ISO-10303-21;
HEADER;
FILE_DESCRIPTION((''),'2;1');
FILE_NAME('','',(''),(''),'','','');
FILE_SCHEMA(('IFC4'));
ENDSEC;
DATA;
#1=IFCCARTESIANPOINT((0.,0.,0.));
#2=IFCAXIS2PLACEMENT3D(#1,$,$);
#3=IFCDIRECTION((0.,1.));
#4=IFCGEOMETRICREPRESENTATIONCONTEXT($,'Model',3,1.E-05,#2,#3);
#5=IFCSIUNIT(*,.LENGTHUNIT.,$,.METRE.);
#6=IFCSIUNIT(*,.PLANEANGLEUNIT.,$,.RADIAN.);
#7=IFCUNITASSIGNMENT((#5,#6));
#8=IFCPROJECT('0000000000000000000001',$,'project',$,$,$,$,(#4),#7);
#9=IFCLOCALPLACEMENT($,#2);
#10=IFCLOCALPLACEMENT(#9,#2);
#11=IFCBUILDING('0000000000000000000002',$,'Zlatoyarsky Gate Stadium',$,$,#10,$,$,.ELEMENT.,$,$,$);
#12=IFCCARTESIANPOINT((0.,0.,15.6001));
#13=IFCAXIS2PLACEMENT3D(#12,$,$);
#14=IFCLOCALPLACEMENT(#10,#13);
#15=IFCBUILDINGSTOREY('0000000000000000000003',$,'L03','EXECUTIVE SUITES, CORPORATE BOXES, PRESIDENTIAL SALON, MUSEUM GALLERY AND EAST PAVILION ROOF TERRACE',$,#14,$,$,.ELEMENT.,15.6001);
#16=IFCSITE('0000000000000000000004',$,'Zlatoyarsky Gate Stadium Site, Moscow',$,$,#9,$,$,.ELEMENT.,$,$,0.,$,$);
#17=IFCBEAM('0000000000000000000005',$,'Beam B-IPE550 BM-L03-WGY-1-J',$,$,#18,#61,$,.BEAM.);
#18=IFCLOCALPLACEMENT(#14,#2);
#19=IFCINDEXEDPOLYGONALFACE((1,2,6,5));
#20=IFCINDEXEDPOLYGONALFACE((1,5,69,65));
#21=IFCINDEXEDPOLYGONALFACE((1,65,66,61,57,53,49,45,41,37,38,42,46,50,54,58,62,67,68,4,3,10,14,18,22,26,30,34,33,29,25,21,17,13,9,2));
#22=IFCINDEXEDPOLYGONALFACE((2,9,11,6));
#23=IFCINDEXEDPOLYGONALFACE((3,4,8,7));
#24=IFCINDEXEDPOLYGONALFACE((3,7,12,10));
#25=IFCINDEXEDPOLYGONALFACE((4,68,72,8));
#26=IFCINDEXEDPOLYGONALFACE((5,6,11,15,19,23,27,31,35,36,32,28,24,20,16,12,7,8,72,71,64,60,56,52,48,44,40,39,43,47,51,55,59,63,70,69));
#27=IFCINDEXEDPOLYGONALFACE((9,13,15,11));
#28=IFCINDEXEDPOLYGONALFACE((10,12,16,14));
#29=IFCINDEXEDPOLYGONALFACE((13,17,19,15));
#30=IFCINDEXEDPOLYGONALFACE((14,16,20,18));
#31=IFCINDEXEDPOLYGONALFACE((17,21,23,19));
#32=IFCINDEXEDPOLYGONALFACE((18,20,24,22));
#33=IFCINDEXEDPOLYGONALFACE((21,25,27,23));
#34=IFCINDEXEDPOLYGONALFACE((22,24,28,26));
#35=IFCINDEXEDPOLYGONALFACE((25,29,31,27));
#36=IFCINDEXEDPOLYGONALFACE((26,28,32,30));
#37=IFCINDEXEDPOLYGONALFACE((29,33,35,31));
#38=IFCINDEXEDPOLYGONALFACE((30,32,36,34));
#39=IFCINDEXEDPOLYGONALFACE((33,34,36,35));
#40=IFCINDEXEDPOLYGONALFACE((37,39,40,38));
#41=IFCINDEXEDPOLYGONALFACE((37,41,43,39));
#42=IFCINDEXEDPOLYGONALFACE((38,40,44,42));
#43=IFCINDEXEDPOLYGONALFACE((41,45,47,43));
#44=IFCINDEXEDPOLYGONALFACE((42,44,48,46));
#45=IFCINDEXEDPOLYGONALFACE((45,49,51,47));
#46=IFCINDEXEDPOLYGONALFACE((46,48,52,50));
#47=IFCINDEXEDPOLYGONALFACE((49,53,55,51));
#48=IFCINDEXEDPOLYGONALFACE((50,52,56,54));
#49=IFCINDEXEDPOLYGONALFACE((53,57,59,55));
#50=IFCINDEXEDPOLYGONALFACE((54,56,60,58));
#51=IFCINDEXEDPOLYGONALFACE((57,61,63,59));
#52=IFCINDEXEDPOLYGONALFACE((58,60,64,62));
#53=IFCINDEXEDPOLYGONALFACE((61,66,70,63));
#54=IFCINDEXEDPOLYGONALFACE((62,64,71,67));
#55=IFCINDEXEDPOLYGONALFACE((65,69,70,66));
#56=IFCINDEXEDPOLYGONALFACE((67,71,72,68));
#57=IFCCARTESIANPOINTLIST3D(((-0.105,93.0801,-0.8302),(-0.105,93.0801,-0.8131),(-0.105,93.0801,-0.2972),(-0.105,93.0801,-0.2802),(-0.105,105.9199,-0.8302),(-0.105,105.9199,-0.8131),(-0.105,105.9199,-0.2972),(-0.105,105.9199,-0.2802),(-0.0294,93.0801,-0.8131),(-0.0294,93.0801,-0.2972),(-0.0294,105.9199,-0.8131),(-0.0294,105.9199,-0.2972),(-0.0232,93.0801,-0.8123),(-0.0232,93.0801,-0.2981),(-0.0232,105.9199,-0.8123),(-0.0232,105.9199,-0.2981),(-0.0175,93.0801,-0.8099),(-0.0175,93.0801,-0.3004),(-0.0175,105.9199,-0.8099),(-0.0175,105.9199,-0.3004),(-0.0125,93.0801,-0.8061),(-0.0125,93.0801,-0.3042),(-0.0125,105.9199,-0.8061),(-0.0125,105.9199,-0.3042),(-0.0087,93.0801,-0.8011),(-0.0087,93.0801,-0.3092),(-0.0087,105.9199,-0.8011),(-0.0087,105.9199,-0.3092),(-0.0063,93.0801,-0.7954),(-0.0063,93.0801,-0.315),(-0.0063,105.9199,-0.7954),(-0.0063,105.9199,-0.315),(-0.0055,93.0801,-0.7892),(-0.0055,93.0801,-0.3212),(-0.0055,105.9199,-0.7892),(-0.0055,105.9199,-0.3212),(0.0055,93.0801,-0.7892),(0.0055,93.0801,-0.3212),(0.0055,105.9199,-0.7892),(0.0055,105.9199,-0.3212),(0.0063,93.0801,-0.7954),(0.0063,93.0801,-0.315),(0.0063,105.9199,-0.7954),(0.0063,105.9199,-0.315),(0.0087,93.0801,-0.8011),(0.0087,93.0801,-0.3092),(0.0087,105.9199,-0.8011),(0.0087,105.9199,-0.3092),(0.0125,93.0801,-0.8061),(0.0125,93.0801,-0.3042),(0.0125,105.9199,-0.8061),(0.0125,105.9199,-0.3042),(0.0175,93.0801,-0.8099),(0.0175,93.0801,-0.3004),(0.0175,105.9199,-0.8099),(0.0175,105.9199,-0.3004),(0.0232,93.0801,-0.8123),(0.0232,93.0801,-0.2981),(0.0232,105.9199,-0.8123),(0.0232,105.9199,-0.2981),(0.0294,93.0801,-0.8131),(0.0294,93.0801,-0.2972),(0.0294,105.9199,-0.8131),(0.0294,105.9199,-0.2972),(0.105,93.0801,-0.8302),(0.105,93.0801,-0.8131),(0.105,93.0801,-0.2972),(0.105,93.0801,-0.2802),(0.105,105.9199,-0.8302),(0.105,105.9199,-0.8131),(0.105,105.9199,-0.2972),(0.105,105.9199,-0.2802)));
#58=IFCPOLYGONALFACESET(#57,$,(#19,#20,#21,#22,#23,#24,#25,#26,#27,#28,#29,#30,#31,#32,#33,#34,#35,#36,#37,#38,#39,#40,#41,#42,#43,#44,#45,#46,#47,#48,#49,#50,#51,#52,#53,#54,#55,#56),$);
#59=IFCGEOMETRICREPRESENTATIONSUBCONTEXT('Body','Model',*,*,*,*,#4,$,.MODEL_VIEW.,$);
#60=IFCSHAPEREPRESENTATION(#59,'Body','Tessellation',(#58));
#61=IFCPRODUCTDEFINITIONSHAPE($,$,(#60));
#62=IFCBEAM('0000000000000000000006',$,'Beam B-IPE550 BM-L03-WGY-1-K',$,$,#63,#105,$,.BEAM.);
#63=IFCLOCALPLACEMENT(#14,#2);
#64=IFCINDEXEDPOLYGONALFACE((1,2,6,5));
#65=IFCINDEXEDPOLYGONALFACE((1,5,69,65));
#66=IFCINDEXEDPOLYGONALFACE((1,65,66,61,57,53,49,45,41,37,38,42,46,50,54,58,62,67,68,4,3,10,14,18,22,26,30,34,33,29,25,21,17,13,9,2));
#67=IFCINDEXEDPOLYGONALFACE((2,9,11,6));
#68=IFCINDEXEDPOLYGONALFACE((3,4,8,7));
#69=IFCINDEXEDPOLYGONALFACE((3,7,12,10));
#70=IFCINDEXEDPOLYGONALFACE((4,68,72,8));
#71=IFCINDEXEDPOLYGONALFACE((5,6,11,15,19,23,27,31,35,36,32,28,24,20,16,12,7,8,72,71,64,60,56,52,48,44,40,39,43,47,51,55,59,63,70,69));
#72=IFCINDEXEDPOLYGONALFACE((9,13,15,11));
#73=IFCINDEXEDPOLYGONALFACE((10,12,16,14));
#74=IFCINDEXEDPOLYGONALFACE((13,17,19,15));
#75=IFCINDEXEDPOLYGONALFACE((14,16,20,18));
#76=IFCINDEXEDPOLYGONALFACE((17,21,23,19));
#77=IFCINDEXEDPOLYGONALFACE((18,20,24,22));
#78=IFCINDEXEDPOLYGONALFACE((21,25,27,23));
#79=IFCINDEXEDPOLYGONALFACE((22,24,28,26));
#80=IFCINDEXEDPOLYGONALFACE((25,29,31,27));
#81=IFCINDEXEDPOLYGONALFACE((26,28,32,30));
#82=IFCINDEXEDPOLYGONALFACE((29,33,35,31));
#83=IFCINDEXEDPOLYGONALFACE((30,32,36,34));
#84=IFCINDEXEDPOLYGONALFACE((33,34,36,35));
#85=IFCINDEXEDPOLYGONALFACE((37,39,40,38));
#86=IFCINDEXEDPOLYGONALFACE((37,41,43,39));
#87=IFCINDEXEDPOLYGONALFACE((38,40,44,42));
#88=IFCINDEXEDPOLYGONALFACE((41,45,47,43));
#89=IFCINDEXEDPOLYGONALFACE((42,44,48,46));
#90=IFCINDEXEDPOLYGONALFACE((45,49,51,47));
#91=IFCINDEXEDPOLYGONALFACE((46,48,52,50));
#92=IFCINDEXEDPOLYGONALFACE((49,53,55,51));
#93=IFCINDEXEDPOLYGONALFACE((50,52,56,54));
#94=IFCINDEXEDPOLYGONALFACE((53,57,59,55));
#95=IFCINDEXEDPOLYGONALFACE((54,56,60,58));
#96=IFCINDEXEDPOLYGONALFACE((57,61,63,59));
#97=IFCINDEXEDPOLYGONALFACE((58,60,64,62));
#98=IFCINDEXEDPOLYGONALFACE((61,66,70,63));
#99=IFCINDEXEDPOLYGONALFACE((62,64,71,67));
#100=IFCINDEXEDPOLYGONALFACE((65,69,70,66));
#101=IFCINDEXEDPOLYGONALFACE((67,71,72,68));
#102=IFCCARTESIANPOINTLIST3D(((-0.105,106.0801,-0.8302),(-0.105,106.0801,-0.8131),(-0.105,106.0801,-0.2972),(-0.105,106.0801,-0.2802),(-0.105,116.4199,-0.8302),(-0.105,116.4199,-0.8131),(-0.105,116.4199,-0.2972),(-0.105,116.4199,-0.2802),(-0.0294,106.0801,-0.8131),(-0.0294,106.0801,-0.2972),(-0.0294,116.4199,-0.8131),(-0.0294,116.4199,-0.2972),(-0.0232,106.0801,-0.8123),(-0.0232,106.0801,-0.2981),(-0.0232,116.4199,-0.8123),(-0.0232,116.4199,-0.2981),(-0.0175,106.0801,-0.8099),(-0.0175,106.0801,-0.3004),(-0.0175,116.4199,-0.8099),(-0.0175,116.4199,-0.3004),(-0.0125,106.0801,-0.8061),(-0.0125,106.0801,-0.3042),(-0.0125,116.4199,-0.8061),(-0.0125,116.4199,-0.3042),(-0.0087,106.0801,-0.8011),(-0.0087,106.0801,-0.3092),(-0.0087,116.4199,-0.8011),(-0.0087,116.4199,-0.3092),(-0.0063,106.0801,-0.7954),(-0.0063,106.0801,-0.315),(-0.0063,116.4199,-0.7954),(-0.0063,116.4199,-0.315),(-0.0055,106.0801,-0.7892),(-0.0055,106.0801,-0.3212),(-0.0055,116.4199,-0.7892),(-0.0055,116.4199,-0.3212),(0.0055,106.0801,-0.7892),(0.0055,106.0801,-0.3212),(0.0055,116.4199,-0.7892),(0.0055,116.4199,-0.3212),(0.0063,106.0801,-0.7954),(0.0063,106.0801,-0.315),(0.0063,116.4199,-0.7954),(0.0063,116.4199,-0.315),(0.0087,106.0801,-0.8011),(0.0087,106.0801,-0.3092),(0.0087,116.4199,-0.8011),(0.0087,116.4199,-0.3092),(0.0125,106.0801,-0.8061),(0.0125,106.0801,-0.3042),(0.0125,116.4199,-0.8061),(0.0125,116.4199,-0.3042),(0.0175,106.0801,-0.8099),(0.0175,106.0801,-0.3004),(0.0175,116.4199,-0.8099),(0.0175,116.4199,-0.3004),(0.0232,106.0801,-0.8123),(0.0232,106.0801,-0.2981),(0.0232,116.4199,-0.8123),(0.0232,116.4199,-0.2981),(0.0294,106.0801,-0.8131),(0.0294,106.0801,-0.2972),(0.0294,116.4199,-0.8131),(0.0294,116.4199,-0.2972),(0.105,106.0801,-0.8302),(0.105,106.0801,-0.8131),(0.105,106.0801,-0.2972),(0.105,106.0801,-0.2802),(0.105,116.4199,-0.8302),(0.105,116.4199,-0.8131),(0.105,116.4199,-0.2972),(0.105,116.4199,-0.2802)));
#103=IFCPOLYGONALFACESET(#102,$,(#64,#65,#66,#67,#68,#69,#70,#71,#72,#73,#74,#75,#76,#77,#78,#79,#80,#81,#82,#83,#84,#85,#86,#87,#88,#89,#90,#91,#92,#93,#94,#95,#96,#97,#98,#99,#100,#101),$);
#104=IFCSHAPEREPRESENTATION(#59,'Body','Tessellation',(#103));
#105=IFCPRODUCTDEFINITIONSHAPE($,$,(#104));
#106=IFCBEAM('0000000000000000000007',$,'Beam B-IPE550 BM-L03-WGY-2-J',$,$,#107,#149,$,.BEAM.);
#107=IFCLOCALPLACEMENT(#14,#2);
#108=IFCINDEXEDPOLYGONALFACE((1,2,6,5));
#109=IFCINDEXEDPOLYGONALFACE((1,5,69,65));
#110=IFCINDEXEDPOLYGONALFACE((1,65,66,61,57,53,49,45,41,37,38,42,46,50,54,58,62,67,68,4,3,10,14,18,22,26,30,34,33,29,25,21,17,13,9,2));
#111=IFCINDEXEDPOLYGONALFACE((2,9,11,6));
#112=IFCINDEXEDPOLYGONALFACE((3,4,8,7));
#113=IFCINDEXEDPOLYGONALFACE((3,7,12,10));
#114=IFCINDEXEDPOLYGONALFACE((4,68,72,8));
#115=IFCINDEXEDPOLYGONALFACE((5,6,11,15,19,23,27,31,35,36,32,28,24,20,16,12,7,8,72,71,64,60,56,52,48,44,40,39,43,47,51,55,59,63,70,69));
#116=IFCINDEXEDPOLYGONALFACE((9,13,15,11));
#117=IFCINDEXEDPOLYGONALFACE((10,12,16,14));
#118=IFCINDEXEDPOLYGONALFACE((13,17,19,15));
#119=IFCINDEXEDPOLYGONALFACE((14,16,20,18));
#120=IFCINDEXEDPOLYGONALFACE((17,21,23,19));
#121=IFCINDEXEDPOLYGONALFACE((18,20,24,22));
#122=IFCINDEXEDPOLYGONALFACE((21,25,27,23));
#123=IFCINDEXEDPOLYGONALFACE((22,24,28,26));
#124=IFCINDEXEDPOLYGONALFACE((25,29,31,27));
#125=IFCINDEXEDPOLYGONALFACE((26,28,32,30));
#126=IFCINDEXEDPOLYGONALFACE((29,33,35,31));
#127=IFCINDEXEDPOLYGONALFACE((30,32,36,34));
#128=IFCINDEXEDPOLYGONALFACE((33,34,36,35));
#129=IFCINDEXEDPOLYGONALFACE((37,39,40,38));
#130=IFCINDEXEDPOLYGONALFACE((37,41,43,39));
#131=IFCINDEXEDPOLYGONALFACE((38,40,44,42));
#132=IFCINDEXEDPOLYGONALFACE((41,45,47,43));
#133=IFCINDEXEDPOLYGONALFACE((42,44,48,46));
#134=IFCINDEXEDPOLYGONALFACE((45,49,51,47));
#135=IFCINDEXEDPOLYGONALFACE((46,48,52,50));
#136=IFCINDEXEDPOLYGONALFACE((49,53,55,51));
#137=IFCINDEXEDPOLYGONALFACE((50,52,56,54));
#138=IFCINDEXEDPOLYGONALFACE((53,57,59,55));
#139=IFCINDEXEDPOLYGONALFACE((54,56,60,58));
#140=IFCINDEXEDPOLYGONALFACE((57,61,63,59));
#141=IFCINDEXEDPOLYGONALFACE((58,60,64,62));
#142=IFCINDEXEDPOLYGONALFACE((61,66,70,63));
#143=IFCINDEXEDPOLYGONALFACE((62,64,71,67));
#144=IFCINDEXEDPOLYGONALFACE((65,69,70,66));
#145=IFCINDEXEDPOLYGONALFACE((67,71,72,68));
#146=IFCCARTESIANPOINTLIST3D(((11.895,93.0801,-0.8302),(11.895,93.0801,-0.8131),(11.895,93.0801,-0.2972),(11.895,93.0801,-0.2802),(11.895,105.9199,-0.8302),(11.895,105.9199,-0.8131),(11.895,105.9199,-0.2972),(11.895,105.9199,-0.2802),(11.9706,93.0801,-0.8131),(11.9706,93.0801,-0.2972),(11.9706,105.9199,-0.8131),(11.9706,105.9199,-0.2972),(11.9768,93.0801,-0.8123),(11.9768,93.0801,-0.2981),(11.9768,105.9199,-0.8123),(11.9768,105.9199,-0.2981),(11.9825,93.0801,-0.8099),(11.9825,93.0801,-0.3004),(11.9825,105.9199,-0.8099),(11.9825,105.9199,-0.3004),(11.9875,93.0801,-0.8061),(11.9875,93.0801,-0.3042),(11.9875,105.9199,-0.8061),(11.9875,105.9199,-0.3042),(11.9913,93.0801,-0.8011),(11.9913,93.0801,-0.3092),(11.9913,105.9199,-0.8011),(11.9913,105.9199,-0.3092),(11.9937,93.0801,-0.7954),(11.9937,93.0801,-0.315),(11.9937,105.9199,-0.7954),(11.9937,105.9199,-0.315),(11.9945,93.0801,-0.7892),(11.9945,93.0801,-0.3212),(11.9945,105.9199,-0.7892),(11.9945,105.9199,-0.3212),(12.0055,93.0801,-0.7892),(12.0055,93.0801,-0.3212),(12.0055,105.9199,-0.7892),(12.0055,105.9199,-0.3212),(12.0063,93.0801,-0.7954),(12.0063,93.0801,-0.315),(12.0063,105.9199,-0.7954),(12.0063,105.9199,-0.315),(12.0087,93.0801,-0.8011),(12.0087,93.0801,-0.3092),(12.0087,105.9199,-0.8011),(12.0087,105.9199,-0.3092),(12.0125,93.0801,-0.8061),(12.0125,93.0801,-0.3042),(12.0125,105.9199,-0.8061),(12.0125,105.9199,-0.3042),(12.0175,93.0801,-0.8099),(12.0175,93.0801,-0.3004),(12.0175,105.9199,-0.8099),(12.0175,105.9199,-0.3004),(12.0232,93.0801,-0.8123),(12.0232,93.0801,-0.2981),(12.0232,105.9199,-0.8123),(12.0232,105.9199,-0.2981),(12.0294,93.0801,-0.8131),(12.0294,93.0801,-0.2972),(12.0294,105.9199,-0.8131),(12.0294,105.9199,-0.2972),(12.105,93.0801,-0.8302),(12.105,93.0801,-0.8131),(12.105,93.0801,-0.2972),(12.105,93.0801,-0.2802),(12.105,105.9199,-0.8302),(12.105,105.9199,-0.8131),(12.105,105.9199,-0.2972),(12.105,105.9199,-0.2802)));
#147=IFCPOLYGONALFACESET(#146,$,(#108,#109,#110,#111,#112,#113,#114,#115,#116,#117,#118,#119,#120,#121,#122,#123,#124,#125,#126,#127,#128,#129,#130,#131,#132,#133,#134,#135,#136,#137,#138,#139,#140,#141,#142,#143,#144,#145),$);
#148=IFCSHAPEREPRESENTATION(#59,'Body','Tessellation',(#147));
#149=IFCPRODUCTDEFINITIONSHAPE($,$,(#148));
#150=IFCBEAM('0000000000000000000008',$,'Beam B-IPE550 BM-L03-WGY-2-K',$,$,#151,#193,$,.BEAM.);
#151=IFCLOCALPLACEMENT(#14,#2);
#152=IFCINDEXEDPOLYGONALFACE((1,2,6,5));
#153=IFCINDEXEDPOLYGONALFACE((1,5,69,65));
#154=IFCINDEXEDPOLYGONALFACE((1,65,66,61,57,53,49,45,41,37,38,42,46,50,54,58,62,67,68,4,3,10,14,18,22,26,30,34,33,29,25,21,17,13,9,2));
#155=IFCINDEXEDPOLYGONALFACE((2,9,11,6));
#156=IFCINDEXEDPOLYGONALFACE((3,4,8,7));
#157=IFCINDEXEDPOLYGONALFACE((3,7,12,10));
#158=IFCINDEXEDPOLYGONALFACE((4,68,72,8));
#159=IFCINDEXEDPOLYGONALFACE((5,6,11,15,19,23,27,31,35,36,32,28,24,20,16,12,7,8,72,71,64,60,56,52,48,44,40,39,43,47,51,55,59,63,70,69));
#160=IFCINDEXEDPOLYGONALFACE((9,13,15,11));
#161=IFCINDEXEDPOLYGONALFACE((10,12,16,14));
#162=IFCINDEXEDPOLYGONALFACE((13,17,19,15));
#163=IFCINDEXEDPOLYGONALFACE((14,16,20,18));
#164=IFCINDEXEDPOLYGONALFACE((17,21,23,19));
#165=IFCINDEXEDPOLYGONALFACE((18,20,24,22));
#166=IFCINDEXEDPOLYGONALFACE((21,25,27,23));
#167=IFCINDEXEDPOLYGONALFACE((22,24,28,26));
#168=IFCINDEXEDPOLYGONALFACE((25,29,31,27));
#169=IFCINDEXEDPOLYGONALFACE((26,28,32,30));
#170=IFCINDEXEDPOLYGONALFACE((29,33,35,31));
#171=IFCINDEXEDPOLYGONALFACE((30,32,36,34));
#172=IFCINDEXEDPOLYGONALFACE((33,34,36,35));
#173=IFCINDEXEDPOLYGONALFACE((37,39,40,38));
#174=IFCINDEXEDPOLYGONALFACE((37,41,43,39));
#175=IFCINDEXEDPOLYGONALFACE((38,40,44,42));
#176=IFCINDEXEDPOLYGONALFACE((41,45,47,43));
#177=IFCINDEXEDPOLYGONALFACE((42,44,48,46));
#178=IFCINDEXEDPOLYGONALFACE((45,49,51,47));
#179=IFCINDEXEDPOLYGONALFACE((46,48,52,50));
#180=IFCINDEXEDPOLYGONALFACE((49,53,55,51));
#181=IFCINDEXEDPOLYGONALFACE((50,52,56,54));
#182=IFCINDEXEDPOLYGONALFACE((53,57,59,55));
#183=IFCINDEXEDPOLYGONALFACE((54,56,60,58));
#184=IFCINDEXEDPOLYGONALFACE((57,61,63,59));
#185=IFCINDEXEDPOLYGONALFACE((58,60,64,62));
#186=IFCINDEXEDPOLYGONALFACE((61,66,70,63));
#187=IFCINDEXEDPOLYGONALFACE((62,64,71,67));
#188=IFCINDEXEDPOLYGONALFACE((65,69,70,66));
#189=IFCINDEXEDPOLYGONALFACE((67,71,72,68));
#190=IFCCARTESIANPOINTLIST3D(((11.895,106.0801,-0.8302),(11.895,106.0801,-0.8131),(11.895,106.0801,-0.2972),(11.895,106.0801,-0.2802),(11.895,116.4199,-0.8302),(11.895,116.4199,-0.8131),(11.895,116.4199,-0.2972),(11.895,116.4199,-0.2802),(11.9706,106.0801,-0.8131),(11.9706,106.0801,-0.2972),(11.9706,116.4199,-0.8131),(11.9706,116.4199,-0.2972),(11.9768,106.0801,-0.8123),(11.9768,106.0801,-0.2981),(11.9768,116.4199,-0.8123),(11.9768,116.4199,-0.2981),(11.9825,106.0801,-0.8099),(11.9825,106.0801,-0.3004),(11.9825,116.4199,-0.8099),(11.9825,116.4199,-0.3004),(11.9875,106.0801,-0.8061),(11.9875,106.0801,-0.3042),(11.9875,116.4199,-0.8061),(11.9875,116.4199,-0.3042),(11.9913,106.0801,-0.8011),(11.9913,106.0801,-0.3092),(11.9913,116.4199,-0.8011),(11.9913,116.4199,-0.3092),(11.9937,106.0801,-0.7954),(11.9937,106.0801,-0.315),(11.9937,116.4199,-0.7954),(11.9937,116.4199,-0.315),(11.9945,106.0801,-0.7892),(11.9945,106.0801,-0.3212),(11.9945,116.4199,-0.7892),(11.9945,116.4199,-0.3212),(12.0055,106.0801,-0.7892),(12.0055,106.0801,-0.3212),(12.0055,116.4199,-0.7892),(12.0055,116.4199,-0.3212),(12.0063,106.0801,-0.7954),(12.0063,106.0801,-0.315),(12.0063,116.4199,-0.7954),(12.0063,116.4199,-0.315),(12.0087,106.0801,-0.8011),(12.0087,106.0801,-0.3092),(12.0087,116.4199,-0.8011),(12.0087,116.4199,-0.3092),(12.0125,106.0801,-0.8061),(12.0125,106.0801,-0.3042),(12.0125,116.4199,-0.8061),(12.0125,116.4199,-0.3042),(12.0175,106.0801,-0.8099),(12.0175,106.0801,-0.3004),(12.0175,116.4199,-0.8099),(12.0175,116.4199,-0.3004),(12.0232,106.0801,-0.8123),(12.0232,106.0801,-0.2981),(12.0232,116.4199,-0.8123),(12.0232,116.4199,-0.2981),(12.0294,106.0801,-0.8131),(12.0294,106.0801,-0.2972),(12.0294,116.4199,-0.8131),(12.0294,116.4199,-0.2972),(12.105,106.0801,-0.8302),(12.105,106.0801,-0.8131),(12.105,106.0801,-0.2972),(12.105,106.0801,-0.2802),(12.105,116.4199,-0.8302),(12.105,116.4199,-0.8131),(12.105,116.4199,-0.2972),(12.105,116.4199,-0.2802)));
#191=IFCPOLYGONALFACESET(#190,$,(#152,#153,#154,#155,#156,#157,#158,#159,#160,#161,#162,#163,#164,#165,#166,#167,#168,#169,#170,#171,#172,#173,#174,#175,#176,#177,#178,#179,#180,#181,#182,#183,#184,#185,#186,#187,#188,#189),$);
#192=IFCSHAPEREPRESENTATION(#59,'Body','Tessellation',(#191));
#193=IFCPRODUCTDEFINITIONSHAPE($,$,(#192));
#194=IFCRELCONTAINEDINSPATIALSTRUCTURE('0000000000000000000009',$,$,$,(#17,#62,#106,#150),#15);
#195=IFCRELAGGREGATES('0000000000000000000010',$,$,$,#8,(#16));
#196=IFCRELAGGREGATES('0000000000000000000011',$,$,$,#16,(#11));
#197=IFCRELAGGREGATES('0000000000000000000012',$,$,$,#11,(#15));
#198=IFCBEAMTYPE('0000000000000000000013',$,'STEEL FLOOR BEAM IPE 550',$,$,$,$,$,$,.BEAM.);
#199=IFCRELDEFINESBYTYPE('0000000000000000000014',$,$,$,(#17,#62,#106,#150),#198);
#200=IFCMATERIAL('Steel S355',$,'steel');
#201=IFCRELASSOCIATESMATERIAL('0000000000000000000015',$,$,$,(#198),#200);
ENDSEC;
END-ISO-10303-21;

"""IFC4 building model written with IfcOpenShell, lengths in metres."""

from ifc_helpers import new_model, si_unit, direction, frame, origin, origin_2d, place, context, subcontext, project, spatial, i_section, extrude, material, material_profile, profile_set, type_object, element, save


model = new_model("IFC4")

# Units and contexts
model_context = context("Model", 3, precision=1e-05, world=origin(), true_north=direction((0.0, 1.0)))
body_context = subcontext(model_context, "Body", "Model", "MODEL_VIEW")
ifc_project = project(units=[si_unit("LENGTHUNIT", "METRE"), si_unit("PLANEANGLEUNIT", "RADIAN")], contexts=[model_context])

# Site, building, storey
site_placement = place(None, origin())
site = spatial("IfcSite", under=ifc_project, at=site_placement, Name="Zlatoyarsky Gate Stadium Site, Moscow", CompositionType="ELEMENT", RefElevation=0.0)
building_placement = place(site_placement, origin())
building = spatial("IfcBuilding", under=site, at=building_placement, Name="Zlatoyarsky Gate Stadium", CompositionType="ELEMENT")
storey_placement = place(building_placement, frame((0.0, 0.0, 15.6001)))
storey = spatial("IfcBuildingStorey", under=building, at=storey_placement, Name="L03", Description="EXECUTIVE SUITES, CORPORATE BOXES, PRESIDENTIAL SALON, MUSEUM GALLERY AND EAST PAVILION ROOF TERRACE", CompositionType="ELEMENT", Elevation=15.6001)

# Shared definitions
ifc_material_1 = material(Name="Steel S355", Category="steel")

# Beams
ifc_material_profile_1 = material_profile(ifc_material_1, i_section(OverallWidth=0.21, OverallDepth=0.55, WebThickness=0.011, FlangeThickness=0.0171, FilletRadius=0.0239, at=origin_2d()), Name="IPE 550")
ifc_profile_set_1 = profile_set([ifc_material_profile_1], Name="Steel S355")
beam_type_1 = type_object("IfcBeamType", Name="STEEL FLOOR BEAM IPE 550", PredefinedType="BEAM", material=ifc_profile_set_1)
beam_1_placement = place(storey_placement, frame((0.0, 93.0801, -0.5552), z_axis=(0.0, 1.0, 0.0), x_axis=(-1.0, 0.0, 0.0)))
element("IfcBeam", 1, at=beam_1_placement, inside=storey, type_object=beam_type_1, Name="Beam B-IPE550 BM-L03-WGY-1-J", PredefinedType="BEAM", context=body_context, shape_type="SweptSolid", body=[
    extrude(i_section(OverallWidth=0.21, OverallDepth=0.55, WebThickness=0.011, FlangeThickness=0.0171, FilletRadius=0.0239, at=origin_2d()), origin(), (0.0, 0.0, 1.0), 12.8398),
])
beam_2_placement = place(storey_placement, frame((0.0, 106.0801, -0.5552), z_axis=(0.0, 1.0, 0.0), x_axis=(-1.0, 0.0, 0.0)))
element("IfcBeam", 2, at=beam_2_placement, inside=storey, type_object=beam_type_1, Name="Beam B-IPE550 BM-L03-WGY-1-K", PredefinedType="BEAM", context=body_context, shape_type="SweptSolid", body=[
    extrude(i_section(OverallWidth=0.21, OverallDepth=0.55, WebThickness=0.011, FlangeThickness=0.0171, FilletRadius=0.0239, at=origin_2d()), origin(), (0.0, 0.0, 1.0), 10.3398),
])
beam_3_placement = place(storey_placement, frame((12.0, 93.0801, -0.5552), z_axis=(0.0, 1.0, 0.0), x_axis=(-1.0, 0.0, 0.0)))
element("IfcBeam", 3, at=beam_3_placement, inside=storey, type_object=beam_type_1, Name="Beam B-IPE550 BM-L03-WGY-2-J", PredefinedType="BEAM", context=body_context, shape_type="SweptSolid", body=[
    extrude(i_section(OverallWidth=0.21, OverallDepth=0.55, WebThickness=0.011, FlangeThickness=0.0171, FilletRadius=0.0239, at=origin_2d()), origin(), (0.0, 0.0, 1.0), 12.8398),
])
beam_4_placement = place(storey_placement, frame((12.0, 106.0801, -0.5552), z_axis=(0.0, 1.0, 0.0), x_axis=(-1.0, 0.0, 0.0)))
element("IfcBeam", 4, at=beam_4_placement, inside=storey, type_object=beam_type_1, Name="Beam B-IPE550 BM-L03-WGY-2-K", PredefinedType="BEAM", context=body_context, shape_type="SweptSolid", body=[
    extrude(i_section(OverallWidth=0.21, OverallDepth=0.55, WebThickness=0.011, FlangeThickness=0.0171, FilletRadius=0.0239, at=origin_2d()), origin(), (0.0, 0.0, 1.0), 10.3398),
])

save(model, "model.ifc")
